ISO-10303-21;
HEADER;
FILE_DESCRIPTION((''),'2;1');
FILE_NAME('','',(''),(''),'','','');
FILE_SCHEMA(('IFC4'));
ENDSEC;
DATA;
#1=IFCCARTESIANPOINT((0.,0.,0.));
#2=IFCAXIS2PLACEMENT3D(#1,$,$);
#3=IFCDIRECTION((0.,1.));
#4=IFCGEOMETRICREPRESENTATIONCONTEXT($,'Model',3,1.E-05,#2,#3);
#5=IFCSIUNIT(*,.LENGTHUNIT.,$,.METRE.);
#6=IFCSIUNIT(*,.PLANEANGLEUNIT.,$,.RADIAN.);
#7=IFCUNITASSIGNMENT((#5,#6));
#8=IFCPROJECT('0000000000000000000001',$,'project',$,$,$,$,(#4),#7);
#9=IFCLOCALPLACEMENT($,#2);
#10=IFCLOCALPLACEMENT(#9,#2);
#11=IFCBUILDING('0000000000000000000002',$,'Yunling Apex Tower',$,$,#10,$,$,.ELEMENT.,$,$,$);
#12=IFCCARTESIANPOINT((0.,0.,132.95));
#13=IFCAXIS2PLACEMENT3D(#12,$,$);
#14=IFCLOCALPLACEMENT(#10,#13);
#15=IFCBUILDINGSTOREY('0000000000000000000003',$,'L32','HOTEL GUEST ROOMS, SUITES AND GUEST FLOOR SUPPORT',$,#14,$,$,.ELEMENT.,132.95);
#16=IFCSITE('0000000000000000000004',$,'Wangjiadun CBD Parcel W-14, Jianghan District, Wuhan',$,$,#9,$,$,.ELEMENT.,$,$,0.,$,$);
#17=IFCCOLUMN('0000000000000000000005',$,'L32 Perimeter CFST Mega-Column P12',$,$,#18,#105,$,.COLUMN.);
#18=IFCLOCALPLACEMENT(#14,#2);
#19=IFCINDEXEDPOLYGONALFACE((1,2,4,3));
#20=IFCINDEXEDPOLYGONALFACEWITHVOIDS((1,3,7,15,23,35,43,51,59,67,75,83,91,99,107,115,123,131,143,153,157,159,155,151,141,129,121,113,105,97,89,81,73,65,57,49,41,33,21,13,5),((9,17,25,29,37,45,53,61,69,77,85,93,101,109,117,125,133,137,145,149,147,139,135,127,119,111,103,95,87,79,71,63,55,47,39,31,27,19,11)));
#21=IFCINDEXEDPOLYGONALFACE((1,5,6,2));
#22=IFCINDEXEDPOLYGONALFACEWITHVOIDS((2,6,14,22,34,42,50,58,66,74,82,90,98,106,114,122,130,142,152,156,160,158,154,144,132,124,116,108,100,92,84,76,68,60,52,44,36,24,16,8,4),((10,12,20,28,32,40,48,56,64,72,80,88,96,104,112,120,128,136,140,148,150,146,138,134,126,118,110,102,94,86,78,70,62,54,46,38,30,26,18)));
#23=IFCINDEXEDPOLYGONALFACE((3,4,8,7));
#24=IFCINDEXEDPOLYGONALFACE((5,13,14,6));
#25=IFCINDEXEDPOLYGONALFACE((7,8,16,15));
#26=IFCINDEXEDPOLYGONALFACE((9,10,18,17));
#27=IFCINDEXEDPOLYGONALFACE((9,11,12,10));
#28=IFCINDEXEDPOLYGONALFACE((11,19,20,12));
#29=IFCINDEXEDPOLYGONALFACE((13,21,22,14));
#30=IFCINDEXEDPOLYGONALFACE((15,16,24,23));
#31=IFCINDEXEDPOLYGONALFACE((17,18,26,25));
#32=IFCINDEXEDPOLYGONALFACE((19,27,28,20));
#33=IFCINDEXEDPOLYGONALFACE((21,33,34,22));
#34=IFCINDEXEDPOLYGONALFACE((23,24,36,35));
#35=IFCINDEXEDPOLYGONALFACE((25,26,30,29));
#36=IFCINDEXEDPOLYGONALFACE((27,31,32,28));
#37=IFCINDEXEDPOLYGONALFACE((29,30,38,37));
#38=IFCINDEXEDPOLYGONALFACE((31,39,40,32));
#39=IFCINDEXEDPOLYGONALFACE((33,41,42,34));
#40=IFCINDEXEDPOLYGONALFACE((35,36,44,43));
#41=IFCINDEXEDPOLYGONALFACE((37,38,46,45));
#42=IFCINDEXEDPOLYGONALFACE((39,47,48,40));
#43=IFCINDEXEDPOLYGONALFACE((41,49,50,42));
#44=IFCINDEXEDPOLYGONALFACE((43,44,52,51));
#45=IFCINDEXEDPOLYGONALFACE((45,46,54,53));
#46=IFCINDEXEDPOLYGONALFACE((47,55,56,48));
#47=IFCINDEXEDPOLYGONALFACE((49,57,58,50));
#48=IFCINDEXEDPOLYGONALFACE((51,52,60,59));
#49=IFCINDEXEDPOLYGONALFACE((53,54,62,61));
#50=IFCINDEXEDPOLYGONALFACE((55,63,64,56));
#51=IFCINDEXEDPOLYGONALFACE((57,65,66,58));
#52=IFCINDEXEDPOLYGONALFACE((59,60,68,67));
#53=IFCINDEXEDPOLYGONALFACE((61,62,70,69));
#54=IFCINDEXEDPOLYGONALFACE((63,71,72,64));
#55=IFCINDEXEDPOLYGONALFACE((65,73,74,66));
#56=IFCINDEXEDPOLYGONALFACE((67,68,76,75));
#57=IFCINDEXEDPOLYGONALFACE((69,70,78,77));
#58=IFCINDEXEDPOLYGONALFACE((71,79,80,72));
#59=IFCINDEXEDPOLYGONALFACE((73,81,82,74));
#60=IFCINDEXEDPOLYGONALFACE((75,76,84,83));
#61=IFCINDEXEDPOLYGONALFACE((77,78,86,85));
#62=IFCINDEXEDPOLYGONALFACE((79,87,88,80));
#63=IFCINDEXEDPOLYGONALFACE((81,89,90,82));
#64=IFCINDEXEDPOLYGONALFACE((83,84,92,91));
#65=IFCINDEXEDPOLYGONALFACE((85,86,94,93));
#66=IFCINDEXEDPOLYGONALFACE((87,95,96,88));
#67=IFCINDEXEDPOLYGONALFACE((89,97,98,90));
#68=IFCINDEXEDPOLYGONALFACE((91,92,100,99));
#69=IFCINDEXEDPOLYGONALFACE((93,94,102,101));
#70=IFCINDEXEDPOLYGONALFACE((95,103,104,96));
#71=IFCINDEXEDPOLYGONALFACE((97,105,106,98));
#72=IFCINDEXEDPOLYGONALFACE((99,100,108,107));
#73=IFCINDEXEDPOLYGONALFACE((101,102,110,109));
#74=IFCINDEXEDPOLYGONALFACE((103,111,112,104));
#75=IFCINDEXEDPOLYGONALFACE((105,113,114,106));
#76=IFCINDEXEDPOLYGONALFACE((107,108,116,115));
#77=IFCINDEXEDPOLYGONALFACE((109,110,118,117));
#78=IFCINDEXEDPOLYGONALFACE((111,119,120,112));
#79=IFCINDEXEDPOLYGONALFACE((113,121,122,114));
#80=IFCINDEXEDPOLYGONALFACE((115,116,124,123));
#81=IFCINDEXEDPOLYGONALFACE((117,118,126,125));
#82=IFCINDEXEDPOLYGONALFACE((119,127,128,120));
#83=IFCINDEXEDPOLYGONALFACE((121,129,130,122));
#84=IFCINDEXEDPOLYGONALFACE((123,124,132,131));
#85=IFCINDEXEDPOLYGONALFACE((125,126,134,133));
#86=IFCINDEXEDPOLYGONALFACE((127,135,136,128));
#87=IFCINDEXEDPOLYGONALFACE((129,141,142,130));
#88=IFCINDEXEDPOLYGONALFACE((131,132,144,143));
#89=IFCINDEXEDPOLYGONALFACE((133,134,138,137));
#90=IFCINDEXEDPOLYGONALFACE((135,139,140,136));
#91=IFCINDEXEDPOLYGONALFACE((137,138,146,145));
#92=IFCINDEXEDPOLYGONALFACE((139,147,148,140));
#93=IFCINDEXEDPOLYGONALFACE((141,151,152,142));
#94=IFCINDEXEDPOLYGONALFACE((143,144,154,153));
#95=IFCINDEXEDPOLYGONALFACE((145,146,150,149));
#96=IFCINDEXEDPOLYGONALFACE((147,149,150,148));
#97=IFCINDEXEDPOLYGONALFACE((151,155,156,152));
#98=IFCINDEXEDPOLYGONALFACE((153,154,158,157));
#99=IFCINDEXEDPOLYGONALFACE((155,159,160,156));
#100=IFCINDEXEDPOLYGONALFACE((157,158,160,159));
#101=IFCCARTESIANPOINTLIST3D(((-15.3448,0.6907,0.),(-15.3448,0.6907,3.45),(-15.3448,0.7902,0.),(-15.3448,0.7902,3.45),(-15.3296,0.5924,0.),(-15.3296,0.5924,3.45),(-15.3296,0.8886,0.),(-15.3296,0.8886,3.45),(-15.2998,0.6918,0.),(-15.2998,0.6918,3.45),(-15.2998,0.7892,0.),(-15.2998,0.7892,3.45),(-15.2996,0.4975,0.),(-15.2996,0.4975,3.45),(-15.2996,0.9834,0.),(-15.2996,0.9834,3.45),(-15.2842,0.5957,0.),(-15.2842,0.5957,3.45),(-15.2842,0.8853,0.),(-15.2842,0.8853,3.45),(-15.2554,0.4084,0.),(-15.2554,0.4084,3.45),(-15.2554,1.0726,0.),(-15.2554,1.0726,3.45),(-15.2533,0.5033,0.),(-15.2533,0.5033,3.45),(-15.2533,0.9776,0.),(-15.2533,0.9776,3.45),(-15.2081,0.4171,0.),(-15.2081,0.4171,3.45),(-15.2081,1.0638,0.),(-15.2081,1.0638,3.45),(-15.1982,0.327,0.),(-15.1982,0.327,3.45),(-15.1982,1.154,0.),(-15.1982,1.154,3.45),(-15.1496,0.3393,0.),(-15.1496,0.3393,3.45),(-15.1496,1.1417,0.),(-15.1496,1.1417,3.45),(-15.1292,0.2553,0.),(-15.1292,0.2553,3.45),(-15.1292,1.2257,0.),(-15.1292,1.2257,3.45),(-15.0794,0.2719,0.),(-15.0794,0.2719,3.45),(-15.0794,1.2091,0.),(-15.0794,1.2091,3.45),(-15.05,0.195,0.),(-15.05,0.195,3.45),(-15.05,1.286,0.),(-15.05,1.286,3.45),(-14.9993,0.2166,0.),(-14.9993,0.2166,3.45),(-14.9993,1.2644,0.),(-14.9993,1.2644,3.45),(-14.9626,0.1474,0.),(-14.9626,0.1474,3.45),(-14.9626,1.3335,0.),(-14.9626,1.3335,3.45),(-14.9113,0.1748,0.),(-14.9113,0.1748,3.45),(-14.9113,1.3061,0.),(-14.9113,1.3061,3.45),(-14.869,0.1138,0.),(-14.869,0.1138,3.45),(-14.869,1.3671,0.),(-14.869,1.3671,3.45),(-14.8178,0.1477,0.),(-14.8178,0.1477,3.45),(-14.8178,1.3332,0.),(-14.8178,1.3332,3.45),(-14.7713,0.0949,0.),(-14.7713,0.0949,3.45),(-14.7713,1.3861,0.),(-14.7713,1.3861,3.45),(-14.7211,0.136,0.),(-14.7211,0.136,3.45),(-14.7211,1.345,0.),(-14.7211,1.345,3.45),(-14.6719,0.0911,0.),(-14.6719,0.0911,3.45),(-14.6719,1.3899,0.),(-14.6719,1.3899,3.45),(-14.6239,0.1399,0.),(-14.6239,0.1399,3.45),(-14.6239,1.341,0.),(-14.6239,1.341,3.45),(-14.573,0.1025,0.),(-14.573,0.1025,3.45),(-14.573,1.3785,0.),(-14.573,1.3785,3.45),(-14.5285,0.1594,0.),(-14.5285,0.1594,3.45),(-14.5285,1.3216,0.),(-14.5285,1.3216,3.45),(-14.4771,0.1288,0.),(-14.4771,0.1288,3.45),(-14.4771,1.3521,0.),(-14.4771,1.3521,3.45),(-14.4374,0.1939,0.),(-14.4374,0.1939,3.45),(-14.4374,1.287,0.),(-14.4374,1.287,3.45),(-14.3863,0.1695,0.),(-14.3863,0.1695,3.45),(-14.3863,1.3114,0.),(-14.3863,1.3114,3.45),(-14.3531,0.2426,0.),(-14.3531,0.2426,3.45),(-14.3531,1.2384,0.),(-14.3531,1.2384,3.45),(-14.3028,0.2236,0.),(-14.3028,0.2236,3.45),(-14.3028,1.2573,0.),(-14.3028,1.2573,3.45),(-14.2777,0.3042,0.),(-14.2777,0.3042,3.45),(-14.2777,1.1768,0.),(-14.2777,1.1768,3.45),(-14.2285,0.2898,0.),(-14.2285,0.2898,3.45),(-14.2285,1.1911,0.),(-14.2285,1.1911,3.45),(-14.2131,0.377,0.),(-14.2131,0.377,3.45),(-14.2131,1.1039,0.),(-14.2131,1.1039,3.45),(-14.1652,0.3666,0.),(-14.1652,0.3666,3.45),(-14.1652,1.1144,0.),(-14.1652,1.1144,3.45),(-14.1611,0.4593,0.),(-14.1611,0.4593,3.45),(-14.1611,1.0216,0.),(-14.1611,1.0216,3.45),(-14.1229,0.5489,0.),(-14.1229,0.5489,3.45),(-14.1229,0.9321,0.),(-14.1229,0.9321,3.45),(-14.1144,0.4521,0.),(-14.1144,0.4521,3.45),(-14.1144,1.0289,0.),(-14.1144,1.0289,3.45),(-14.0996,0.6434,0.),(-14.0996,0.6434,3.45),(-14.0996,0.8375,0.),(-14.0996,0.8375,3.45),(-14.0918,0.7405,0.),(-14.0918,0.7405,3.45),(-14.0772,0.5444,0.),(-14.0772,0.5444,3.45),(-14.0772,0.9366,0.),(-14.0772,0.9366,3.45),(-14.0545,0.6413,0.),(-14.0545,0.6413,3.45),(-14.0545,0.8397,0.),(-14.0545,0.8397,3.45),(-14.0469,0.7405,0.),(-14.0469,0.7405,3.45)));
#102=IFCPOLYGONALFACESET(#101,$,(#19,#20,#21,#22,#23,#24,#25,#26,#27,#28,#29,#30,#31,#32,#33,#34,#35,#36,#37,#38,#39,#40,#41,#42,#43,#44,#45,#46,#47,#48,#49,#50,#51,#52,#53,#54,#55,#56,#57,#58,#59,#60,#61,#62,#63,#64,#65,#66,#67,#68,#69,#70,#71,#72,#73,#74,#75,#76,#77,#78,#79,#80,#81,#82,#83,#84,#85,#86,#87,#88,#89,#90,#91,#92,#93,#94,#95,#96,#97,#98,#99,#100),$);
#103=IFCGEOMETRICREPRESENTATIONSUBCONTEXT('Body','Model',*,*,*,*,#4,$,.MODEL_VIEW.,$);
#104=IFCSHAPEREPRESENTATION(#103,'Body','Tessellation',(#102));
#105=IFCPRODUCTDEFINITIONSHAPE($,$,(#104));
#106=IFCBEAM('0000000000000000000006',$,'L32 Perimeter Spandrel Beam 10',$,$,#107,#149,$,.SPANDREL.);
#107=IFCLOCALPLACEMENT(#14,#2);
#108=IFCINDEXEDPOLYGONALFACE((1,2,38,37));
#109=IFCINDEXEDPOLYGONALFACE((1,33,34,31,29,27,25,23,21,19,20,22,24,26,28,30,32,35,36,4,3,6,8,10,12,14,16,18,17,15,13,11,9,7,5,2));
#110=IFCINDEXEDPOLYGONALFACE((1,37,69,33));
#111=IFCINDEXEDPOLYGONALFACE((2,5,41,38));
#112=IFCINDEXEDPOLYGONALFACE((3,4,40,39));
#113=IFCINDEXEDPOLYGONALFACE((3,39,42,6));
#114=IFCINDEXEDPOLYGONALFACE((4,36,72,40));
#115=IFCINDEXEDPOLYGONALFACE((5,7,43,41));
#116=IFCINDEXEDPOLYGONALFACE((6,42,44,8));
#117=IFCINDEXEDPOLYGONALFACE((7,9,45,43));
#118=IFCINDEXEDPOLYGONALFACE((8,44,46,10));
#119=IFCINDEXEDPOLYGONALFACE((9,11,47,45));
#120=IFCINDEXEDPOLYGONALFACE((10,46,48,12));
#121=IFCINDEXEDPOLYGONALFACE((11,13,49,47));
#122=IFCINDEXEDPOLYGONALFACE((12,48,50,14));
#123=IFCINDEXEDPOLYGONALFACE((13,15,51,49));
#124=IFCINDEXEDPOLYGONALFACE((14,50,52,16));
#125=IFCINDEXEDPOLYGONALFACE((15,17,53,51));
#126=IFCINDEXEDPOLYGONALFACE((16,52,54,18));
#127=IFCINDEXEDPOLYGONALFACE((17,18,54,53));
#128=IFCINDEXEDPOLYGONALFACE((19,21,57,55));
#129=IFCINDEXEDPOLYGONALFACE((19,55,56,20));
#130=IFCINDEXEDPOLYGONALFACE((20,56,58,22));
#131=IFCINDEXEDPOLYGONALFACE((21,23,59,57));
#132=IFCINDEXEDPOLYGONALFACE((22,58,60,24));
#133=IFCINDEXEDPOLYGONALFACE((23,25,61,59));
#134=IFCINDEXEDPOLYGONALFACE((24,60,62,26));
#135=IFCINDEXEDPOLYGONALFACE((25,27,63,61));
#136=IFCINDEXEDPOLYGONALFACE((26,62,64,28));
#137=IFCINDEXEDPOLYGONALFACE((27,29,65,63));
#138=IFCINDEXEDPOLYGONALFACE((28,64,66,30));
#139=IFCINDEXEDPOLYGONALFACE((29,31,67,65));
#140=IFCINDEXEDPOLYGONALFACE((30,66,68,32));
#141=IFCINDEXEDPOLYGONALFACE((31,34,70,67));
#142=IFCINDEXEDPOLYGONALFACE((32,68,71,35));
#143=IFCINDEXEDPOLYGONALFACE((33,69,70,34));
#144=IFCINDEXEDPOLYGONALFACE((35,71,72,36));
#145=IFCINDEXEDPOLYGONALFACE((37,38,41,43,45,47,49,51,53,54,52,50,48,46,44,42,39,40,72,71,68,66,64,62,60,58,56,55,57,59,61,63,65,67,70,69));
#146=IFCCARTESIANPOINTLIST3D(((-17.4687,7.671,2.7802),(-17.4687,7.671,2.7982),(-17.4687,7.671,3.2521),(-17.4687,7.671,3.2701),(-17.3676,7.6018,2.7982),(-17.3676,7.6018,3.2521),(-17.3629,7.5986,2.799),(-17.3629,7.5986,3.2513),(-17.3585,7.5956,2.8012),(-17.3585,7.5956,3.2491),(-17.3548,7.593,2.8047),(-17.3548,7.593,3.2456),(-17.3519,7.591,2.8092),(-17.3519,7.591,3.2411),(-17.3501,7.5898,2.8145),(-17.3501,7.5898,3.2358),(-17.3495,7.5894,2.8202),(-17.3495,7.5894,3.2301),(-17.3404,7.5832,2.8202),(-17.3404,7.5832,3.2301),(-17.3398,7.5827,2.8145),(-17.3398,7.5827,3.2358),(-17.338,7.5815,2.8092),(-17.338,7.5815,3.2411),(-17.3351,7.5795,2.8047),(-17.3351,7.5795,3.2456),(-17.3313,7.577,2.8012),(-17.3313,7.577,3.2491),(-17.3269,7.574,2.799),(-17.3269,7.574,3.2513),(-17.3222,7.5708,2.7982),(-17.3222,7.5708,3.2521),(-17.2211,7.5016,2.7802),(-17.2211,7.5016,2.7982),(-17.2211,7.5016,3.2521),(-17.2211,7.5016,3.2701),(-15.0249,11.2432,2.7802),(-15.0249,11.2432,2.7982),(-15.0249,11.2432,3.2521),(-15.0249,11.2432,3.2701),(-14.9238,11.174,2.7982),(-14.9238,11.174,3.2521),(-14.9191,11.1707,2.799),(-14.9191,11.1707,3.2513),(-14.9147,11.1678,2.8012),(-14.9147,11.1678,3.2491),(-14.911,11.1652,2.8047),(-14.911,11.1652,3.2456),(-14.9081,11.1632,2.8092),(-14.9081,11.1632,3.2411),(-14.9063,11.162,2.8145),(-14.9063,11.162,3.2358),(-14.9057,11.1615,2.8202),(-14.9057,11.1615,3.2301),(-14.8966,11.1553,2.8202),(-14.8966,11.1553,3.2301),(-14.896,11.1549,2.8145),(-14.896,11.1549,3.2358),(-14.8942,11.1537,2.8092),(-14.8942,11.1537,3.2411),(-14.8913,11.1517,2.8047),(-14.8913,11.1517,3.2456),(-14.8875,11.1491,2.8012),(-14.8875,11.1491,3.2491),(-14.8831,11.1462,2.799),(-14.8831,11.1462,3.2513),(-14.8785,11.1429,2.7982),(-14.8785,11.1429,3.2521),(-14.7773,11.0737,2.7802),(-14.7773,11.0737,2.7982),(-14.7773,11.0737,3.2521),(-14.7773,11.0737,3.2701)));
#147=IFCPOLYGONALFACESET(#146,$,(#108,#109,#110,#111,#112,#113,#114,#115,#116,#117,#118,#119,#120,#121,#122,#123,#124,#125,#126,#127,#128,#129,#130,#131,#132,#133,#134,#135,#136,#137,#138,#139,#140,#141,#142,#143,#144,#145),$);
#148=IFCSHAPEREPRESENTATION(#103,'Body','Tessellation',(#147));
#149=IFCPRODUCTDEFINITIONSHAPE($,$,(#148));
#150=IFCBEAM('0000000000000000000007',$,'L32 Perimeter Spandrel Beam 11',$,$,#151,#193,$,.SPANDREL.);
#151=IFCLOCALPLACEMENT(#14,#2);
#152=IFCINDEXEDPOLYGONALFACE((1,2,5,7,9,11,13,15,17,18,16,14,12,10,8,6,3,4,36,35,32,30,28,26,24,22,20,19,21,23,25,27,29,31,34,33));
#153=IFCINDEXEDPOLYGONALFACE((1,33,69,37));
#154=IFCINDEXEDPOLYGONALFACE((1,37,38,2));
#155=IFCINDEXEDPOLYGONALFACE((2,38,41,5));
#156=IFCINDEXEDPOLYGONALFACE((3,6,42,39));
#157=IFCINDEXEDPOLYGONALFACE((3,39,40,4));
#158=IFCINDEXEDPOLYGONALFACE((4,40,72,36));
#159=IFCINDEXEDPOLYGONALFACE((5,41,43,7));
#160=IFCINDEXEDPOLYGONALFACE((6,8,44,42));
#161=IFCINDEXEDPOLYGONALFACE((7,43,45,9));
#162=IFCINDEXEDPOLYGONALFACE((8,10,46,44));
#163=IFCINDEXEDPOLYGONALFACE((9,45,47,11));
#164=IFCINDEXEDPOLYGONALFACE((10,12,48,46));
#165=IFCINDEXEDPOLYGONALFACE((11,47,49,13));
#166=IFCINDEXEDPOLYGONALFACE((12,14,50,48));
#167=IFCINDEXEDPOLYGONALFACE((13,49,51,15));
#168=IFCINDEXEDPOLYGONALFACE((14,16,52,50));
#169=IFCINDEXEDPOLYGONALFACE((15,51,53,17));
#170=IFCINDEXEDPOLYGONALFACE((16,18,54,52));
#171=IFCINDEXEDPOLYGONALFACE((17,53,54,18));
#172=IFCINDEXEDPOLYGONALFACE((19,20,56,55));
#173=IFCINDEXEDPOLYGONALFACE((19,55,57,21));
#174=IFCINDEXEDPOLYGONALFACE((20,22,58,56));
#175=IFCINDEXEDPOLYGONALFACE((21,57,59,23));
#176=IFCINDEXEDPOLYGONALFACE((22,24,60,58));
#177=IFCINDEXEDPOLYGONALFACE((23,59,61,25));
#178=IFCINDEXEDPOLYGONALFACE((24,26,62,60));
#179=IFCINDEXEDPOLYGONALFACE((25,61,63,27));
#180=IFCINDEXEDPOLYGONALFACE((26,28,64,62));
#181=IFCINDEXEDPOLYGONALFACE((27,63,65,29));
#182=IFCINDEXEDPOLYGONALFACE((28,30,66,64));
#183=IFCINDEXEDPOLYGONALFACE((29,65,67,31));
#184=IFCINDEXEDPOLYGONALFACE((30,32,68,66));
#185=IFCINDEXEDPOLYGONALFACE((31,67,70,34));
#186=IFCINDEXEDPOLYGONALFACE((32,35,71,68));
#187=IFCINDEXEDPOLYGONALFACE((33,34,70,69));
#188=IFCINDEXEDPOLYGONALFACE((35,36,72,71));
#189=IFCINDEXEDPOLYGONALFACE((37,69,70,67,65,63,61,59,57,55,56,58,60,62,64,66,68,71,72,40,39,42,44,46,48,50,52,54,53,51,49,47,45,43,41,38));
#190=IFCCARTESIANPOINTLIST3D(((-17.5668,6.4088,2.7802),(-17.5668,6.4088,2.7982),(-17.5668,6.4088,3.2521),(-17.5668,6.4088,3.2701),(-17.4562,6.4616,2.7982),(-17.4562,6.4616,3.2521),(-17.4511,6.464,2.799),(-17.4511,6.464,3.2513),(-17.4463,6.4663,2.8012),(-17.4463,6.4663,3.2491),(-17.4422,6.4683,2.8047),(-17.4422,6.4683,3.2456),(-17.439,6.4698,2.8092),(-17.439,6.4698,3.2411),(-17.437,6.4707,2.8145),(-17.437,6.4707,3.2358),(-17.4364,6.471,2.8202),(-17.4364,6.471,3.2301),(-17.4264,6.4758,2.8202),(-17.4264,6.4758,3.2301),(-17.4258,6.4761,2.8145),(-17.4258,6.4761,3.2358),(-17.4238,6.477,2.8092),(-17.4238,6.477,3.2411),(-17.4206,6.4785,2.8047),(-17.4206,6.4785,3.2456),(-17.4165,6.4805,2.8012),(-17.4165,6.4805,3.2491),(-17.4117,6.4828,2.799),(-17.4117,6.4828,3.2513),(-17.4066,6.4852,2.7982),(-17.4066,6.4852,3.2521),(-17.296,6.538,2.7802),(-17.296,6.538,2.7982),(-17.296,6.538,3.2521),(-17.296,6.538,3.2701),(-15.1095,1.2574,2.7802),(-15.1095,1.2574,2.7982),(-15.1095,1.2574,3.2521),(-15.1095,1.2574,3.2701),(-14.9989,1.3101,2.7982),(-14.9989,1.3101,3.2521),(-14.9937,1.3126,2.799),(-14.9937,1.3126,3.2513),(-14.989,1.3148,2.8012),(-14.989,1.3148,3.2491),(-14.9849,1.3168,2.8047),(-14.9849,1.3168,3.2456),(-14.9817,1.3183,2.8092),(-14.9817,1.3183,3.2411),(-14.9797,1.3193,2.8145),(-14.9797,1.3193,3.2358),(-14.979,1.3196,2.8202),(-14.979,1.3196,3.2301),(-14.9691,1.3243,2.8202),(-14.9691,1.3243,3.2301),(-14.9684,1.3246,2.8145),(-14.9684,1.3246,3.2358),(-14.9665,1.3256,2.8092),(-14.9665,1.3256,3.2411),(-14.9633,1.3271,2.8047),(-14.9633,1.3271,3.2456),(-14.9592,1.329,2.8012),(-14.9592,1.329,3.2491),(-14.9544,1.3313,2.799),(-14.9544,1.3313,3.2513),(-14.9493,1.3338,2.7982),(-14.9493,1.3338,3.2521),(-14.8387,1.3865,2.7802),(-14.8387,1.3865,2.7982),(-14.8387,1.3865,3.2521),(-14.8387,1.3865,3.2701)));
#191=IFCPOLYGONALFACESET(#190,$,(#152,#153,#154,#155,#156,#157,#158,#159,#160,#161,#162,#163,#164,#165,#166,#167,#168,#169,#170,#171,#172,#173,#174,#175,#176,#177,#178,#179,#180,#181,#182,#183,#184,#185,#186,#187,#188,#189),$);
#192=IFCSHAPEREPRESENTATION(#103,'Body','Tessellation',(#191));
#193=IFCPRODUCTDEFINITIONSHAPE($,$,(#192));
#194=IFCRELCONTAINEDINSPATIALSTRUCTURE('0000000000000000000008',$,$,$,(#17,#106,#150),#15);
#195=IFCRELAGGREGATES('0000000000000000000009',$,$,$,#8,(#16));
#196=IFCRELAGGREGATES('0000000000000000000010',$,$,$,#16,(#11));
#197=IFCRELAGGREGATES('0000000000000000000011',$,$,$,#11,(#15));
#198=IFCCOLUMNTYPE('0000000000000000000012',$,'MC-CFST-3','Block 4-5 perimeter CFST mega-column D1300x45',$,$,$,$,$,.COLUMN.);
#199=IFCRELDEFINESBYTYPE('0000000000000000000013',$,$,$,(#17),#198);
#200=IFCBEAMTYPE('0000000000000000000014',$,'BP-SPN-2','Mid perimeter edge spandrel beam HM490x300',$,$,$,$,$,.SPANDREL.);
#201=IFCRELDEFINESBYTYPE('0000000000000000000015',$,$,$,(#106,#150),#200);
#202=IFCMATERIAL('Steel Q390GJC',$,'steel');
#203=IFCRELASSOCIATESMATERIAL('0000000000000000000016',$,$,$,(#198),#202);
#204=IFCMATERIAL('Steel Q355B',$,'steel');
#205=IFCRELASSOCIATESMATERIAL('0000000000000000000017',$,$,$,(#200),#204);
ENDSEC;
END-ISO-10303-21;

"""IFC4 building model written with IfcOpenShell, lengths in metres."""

from ifc_helpers import new_model, si_unit, direction, frame, origin, origin_2d, place, context, subcontext, project, spatial, hollow_circle, i_section, extrude, source, transform, mapped, material, material_profile, profile_set, type_object, element, save


model = new_model("IFC4")

# Units and contexts
model_context = context("Model", 3, precision=1e-05, world=origin(), true_north=direction((0.0, 1.0)))
body_context = subcontext(model_context, "Body", "Model", "MODEL_VIEW")
ifc_project = project(units=[si_unit("LENGTHUNIT", "METRE"), si_unit("PLANEANGLEUNIT", "RADIAN")], contexts=[model_context])

# Site, building, storey
site_placement = place(None, origin())
site = spatial("IfcSite", under=ifc_project, at=site_placement, Name="Wangjiadun CBD Parcel W-14, Jianghan District, Wuhan", CompositionType="ELEMENT", RefElevation=0.0)
building_placement = place(site_placement, origin())
building = spatial("IfcBuilding", under=site, at=building_placement, Name="Yunling Apex Tower", CompositionType="ELEMENT")
storey_placement = place(building_placement, frame((0.0, 0.0, 132.95)))
storey = spatial("IfcBuildingStorey", under=building, at=storey_placement, Name="L32", Description="HOTEL GUEST ROOMS, SUITES AND GUEST FLOOR SUPPORT", CompositionType="ELEMENT", Elevation=132.95)

# Column
ifc_material_1 = material(Name="Steel Q390GJC", Category="steel")
ifc_material_profile_1 = material_profile(ifc_material_1, hollow_circle(Radius=0.6499, WallThickness=0.0449, at=origin_2d()))
ifc_profile_set_1 = profile_set([ifc_material_profile_1], Name="Steel Q390GJC")
column_type = type_object("IfcColumnType", Name="MC-CFST-3", Description="Block 4-5 perimeter CFST mega-column D1300x45", PredefinedType="COLUMN", material=ifc_profile_set_1)
shared_shape_1 = source(origin(), body_context, "Body", "SweptSolid", [
    extrude(hollow_circle(Radius=0.6499, WallThickness=0.0449, at=origin_2d()), origin(), (0.0, 0.0, 1.0), 3.45),
])
for number, where, z_axis, x_axis, name in (
    (1, (-14.6968, 0.7405, 0.0), (0.0, 0.0, 1.0), (1.0, 0.0, 0.0), "L32 Perimeter CFST Mega-Column P12"),
):
    element("IfcColumn", number, at=place(storey_placement, frame(where, z_axis=z_axis, x_axis=x_axis)), inside=storey, type_object=column_type, Name=name, PredefinedType="COLUMN", context=body_context, shape_type="MappedRepresentation", body=[
        mapped(shared_shape_1, transform((0.0, 0.0, 0.0), scale=1.0)),
    ])

# Beams
ifc_material_2 = material(Name="Steel Q355B", Category="steel")
ifc_material_profile_2 = material_profile(ifc_material_2, i_section(OverallWidth=0.3, OverallDepth=0.49, WebThickness=0.011, FlangeThickness=0.0181, FilletRadius=0.022, at=origin_2d()))
ifc_profile_set_2 = profile_set([ifc_material_profile_2], Name="Steel Q355B")
beam_type_1 = type_object("IfcBeamType", Name="BP-SPN-2", Description="Mid perimeter edge spandrel beam HM490x300", PredefinedType="SPANDREL", material=ifc_profile_set_2)
shared_shape_2 = source(origin(), body_context, "Body", "SweptSolid", [
    extrude(i_section(OverallWidth=0.3, OverallDepth=0.49, WebThickness=0.011, FlangeThickness=0.0181, FilletRadius=0.022, at=origin_2d()), origin(), (0.0, 0.0, 1.0), 4.3281),
])
beam_1_placement = place(storey_placement, frame((-14.9011, 11.1584, 3.0251), z_axis=(-0.564631, -0.825343, 0.0), x_axis=(0.825343, -0.564631, 0.0)))
element("IfcBeam", 2, at=beam_1_placement, inside=storey, type_object=beam_type_1, Name="L32 Perimeter Spandrel Beam 10", PredefinedType="SPANDREL", context=body_context, shape_type="MappedRepresentation", body=[
    mapped(shared_shape_2, transform((0.0, 0.0, 0.0), scale=1.0)),
])
shared_shape_3 = source(origin(), body_context, "Body", "SweptSolid", [
    extrude(i_section(OverallWidth=0.3, OverallDepth=0.49, WebThickness=0.011, FlangeThickness=0.0181, FilletRadius=0.022, at=origin_2d()), origin(), (0.0, 0.0, 1.0), 5.7075),
])
for number, where, z_axis, x_axis, name in (
    (3, (-17.4314, 6.4734, 3.0251), (0.43054, -0.902572, 0.0), (0.902572, 0.43054, 0.0), "L32 Perimeter Spandrel Beam 11"),
):
    element("IfcBeam", number, at=place(storey_placement, frame(where, z_axis=z_axis, x_axis=x_axis)), inside=storey, type_object=beam_type_1, Name=name, PredefinedType="SPANDREL", context=body_context, shape_type="MappedRepresentation", body=[
        mapped(shared_shape_3, transform((0.0, 0.0, 0.0), scale=1.0)),
    ])

save(model, "model.ifc")
